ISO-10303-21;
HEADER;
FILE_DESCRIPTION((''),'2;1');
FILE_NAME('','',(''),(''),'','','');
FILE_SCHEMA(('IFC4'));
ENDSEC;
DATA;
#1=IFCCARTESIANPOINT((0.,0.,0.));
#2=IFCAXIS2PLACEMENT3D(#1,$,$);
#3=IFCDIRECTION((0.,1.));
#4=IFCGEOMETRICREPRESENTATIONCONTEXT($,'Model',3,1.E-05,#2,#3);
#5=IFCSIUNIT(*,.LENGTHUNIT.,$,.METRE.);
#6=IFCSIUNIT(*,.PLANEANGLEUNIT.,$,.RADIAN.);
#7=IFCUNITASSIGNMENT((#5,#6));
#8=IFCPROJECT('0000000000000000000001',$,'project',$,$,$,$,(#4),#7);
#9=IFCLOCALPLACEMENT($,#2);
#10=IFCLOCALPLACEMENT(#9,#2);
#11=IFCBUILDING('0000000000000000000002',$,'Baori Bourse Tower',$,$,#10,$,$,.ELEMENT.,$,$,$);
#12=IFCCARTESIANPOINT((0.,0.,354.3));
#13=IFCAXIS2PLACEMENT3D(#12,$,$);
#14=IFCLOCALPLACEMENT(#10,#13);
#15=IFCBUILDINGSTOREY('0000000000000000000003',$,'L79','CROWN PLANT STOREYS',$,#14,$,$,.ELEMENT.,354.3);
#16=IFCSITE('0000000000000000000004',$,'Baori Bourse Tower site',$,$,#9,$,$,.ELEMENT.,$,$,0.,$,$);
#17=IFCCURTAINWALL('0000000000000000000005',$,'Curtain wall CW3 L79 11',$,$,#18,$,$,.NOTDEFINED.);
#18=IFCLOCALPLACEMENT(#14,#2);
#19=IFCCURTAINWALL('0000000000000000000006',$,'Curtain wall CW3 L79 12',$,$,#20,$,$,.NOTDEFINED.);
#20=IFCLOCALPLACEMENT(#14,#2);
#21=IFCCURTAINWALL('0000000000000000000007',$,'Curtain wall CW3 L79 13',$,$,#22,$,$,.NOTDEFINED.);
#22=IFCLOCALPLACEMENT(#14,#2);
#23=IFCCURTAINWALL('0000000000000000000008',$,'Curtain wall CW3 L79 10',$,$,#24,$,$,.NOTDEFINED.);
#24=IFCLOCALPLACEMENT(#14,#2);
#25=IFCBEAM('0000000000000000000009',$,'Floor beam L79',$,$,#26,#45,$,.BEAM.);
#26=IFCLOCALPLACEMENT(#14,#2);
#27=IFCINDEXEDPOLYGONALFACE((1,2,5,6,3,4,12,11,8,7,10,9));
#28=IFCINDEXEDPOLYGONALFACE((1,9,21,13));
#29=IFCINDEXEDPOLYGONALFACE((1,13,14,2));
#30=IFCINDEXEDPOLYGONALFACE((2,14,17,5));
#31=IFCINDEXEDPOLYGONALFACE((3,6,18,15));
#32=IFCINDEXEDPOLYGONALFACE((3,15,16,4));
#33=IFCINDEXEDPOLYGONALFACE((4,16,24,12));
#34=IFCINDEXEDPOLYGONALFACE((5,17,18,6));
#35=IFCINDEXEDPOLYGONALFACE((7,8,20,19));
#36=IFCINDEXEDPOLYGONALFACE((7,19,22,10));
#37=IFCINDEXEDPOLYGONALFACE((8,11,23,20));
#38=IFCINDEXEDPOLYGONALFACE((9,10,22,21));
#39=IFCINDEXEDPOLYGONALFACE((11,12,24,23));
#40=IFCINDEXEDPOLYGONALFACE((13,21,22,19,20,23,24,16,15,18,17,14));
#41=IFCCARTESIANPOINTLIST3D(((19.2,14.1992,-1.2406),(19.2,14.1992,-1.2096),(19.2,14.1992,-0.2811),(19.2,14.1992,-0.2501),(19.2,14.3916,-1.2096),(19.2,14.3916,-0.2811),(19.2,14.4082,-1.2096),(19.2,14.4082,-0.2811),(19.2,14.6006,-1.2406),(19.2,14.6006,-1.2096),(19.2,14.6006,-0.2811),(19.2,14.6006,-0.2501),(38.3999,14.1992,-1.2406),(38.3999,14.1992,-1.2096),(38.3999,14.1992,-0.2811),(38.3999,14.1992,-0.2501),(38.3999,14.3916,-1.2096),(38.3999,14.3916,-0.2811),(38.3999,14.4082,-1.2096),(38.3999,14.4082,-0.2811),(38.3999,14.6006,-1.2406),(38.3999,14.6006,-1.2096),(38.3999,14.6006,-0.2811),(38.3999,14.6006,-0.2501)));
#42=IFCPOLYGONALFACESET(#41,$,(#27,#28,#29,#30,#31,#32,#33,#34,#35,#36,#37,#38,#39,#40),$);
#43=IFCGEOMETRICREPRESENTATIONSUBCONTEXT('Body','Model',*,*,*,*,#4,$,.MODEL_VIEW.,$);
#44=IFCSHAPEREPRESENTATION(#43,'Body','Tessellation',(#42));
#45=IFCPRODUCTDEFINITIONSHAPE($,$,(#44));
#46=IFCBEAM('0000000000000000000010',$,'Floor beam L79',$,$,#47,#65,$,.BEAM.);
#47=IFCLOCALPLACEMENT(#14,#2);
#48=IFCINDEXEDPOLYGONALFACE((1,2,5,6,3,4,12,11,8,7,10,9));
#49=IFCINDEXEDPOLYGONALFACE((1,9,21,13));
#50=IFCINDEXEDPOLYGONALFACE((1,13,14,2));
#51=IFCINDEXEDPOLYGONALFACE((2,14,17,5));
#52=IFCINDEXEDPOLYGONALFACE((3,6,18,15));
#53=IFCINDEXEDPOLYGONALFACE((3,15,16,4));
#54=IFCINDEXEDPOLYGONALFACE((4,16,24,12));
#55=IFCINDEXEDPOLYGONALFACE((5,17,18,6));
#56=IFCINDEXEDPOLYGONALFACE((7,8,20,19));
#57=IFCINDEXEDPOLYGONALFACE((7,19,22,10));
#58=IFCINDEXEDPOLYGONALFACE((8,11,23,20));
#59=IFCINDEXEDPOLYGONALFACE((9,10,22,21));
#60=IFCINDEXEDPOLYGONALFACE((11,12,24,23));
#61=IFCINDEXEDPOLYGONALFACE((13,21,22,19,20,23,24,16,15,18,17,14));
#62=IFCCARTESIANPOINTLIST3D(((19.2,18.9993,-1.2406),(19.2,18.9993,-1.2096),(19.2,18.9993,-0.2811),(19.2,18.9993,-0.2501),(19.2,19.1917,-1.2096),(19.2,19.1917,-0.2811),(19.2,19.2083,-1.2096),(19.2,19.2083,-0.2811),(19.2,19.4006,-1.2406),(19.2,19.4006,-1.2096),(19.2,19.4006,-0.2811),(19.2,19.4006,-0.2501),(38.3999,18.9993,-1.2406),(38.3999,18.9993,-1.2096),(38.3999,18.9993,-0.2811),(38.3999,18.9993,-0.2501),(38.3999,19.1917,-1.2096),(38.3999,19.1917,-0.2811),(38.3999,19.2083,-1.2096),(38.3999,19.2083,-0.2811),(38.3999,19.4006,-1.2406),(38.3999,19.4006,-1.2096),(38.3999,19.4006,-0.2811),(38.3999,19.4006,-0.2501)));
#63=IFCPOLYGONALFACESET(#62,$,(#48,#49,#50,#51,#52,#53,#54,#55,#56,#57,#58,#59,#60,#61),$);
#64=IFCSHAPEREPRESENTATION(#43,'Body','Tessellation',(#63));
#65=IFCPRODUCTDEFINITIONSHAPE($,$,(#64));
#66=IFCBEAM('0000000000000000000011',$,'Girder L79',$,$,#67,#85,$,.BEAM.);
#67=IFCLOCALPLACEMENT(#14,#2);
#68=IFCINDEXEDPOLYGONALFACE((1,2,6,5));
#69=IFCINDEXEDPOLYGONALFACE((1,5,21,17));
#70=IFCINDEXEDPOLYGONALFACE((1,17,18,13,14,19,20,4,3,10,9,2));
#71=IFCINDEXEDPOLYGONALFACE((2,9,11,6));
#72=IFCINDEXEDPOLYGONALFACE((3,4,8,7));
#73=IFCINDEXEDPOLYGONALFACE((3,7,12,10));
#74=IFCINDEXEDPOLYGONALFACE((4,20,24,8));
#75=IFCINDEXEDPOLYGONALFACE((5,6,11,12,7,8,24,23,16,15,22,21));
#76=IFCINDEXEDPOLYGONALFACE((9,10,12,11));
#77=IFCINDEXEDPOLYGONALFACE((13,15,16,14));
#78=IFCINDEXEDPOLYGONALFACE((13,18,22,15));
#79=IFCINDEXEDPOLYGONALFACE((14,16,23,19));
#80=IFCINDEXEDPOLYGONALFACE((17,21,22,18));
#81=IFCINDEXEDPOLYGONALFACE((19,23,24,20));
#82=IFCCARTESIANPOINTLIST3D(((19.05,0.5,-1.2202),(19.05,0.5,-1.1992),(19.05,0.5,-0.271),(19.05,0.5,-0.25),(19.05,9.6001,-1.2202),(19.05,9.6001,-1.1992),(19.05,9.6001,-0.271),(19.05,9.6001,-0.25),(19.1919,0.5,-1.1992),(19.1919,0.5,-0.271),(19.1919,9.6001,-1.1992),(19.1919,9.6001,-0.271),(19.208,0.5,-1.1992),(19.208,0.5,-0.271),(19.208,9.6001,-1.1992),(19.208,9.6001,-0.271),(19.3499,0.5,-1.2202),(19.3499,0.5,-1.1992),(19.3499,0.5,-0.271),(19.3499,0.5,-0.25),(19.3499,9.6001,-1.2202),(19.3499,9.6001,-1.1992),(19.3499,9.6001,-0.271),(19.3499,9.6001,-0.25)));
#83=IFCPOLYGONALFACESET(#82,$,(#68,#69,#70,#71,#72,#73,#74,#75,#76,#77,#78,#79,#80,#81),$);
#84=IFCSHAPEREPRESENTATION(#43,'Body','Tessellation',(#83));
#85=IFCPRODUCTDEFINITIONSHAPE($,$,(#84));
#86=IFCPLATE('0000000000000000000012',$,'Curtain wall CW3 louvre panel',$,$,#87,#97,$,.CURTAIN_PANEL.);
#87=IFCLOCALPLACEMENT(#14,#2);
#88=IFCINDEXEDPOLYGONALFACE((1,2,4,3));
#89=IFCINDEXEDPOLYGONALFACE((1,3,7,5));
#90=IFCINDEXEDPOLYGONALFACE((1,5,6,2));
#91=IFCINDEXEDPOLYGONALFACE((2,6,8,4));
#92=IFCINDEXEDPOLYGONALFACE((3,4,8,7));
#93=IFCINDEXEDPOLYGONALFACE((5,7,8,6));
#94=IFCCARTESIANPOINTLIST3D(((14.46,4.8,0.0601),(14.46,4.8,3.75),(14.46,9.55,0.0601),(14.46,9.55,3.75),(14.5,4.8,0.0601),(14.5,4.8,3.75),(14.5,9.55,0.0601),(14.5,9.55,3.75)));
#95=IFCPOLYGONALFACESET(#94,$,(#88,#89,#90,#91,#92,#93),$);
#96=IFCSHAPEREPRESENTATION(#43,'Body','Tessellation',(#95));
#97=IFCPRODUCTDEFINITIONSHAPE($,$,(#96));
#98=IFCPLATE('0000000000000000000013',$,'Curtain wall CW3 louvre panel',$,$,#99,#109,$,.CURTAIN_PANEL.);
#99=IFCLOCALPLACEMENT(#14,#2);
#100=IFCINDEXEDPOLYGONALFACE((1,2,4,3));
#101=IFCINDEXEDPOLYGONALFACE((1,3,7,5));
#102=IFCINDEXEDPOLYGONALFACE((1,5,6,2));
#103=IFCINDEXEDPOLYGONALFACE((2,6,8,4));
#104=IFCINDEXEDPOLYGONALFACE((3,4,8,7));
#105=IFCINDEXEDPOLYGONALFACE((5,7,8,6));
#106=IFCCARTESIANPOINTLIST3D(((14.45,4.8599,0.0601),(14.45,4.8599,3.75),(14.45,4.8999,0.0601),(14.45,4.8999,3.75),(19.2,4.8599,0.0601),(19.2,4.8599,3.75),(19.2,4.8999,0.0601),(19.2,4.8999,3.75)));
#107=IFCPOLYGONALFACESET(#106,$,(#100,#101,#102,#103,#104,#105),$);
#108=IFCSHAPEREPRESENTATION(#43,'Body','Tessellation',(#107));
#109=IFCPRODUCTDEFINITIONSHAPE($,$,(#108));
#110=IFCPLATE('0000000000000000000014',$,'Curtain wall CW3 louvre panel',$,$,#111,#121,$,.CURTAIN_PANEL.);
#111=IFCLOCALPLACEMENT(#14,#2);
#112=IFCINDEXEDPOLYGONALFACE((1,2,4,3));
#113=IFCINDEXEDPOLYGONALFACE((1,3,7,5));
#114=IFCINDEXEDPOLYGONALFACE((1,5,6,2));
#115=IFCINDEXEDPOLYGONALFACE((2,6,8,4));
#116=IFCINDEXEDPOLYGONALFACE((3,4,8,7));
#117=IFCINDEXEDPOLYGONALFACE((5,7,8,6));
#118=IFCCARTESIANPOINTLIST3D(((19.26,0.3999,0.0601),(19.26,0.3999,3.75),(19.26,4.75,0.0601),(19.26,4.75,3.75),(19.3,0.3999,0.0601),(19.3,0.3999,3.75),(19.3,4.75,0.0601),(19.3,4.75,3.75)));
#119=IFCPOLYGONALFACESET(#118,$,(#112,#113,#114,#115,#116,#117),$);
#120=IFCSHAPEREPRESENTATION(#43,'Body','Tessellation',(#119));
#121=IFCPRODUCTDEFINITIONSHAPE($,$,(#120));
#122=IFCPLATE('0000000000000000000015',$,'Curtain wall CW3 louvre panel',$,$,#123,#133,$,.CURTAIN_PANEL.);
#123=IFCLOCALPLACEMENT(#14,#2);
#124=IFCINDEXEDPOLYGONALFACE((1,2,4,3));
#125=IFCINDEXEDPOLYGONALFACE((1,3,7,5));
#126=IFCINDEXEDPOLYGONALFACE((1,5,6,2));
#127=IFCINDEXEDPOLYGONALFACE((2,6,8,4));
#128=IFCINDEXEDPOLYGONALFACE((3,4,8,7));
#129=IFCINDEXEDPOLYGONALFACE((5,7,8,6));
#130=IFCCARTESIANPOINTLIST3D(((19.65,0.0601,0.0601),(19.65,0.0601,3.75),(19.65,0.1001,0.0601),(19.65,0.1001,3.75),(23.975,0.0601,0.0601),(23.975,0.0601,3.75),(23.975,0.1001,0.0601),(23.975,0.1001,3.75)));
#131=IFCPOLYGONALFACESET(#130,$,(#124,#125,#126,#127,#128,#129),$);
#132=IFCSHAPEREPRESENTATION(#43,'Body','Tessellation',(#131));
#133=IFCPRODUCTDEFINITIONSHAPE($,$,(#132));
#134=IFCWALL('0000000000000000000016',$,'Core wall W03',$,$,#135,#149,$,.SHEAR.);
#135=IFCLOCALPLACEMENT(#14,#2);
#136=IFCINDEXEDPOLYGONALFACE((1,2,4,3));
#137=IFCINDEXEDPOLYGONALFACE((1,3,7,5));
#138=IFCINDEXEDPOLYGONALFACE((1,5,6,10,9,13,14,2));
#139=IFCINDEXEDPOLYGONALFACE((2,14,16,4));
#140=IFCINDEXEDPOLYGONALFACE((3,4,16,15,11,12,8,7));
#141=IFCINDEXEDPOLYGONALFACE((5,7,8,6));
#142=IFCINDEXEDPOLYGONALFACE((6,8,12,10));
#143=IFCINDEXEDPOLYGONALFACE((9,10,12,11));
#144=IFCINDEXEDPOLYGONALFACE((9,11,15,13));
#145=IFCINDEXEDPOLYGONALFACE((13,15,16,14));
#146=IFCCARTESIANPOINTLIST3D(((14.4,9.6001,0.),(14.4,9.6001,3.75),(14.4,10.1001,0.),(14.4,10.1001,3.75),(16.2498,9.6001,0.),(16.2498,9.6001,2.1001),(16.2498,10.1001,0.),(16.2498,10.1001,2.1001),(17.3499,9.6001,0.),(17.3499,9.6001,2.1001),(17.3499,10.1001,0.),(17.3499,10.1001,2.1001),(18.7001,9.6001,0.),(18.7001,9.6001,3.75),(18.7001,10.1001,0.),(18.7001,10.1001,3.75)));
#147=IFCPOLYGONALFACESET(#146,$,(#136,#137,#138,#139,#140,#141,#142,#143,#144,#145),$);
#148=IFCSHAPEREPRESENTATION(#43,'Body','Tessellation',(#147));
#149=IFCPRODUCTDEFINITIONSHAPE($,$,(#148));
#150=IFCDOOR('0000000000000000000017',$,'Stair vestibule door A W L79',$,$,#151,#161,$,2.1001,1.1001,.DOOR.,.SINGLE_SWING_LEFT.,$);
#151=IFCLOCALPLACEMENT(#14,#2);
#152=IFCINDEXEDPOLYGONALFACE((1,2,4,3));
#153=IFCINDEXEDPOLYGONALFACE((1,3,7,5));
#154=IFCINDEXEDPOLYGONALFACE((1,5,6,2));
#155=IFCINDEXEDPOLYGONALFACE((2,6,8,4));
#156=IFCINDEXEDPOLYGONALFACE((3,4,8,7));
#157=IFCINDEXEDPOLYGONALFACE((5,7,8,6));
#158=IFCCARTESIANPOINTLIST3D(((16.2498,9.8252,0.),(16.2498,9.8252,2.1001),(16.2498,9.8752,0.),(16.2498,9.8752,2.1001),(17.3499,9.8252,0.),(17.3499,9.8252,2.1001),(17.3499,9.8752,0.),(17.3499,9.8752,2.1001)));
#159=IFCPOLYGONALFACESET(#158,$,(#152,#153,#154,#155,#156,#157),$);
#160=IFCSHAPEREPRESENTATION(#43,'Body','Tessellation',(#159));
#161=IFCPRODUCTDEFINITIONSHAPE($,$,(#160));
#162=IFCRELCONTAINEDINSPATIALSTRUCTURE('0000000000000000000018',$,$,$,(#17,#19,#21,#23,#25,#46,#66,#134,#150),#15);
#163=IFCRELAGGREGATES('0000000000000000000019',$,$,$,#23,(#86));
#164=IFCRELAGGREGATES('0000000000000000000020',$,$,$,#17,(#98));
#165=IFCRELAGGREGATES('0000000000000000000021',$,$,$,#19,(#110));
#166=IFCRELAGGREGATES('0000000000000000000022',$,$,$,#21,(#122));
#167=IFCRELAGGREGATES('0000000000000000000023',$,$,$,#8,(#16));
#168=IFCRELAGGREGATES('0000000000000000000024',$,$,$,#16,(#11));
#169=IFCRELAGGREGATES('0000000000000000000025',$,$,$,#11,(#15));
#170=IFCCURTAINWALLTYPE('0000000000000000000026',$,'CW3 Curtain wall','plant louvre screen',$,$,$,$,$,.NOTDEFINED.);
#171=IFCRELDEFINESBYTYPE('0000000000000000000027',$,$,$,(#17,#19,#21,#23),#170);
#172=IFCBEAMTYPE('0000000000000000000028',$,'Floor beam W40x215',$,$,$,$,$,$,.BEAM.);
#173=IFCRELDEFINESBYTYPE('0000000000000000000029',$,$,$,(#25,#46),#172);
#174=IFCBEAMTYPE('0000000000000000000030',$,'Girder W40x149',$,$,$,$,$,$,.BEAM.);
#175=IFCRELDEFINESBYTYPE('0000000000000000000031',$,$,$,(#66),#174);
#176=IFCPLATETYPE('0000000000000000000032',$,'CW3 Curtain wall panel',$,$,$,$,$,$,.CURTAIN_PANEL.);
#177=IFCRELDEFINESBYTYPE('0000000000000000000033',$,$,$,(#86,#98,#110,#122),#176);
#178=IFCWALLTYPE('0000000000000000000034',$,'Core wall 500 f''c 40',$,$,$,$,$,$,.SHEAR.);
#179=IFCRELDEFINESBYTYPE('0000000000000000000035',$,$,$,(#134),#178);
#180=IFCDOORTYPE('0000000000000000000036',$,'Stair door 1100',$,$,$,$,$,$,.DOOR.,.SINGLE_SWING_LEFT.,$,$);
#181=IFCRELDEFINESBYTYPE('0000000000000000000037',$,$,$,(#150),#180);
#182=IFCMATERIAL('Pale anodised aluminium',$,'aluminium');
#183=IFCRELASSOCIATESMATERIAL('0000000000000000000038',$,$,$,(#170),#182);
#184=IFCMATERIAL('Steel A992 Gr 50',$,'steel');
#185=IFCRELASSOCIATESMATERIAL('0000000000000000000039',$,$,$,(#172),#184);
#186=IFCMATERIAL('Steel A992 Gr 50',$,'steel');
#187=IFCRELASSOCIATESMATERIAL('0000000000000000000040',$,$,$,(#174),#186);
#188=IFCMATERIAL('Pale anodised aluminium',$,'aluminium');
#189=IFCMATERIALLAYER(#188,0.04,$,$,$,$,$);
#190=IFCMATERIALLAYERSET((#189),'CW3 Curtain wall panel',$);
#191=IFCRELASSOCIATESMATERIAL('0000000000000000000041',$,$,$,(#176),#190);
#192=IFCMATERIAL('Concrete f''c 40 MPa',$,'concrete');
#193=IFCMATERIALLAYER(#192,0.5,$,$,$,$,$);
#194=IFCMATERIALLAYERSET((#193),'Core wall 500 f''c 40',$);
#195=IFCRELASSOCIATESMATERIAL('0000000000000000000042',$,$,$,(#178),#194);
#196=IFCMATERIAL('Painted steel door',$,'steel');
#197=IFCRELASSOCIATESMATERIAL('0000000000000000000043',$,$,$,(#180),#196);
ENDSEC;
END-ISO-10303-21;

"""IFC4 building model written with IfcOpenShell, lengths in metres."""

from ifc_helpers import new_model, si_unit, direction, frame, frame_2d, origin, origin_2d, place, context, subcontext, project, spatial, rectangle, i_section, extrude, material, layer, layer_set, material_profile, profile_set, type_object, element, fill, aggregate, save


model = new_model("IFC4")

# Units and contexts
model_context = context("Model", 3, precision=1e-05, world=origin(), true_north=direction((0.0, 1.0)))
body_context = subcontext(model_context, "Body", "Model", "MODEL_VIEW")
ifc_project = project(units=[si_unit("LENGTHUNIT", "METRE"), si_unit("PLANEANGLEUNIT", "RADIAN")], contexts=[model_context])

# Site, building, storey
site_placement = place(None, origin())
site = spatial("IfcSite", under=ifc_project, at=site_placement, Name="Baori Bourse Tower site", CompositionType="ELEMENT", RefElevation=0.0)
building_placement = place(site_placement, origin())
building = spatial("IfcBuilding", under=site, at=building_placement, Name="Baori Bourse Tower", CompositionType="ELEMENT")
storey_placement = place(building_placement, frame((0.0, 0.0, 354.3)))
storey = spatial("IfcBuildingStorey", under=building, at=storey_placement, Name="L79", Description="CROWN PLANT STOREYS", CompositionType="ELEMENT", Elevation=354.3)

# Curtain walls
ifc_material_1 = material(Name="Pale anodised aluminium", Category="aluminium")
curtain_wall_type = type_object("IfcCurtainWallType", Name="CW3 Curtain wall", Description="plant louvre screen", PredefinedType="NOTDEFINED", material=ifc_material_1)
curtain_wall_1_placement = place(storey_placement, origin())
curtain_wall_1 = element("IfcCurtainWall", 1, at=curtain_wall_1_placement, inside=storey, type_object=curtain_wall_type, Name="Curtain wall CW3 L79 11", PredefinedType="NOTDEFINED")
curtain_wall_2_placement = place(storey_placement, origin())
curtain_wall_2 = element("IfcCurtainWall", 2, at=curtain_wall_2_placement, inside=storey, type_object=curtain_wall_type, Name="Curtain wall CW3 L79 12", PredefinedType="NOTDEFINED")
curtain_wall_3_placement = place(storey_placement, origin())
curtain_wall_3 = element("IfcCurtainWall", 3, at=curtain_wall_3_placement, inside=storey, type_object=curtain_wall_type, Name="Curtain wall CW3 L79 13", PredefinedType="NOTDEFINED")
curtain_wall_4_placement = place(storey_placement, origin())
curtain_wall_4 = element("IfcCurtainWall", 4, at=curtain_wall_4_placement, inside=storey, type_object=curtain_wall_type, Name="Curtain wall CW3 L79 10", PredefinedType="NOTDEFINED")

# Beams
ifc_material_2 = material(Name="Steel A992 Gr 50", Category="steel")
ifc_material_profile_1 = material_profile(ifc_material_2, i_section(OverallWidth=0.4014, OverallDepth=0.9905, WebThickness=0.0166, FlangeThickness=0.031, at=origin_2d()), Name="W40x215")
ifc_profile_set_1 = profile_set([ifc_material_profile_1], Name="Steel A992 Gr 50")
beam_type_1 = type_object("IfcBeamType", Name="Floor beam W40x215", PredefinedType="BEAM", material=ifc_profile_set_1)
for number, where, z_axis, x_axis, name in (
    (5, (19.2, 14.3999, -0.7454), (1.0, 0.0, 0.0), (0.0, 1.0, 0.0), "Floor beam L79"),
    (6, (19.2, 19.2, -0.7454), (1.0, 0.0, 0.0), (0.0, 1.0, 0.0), "Floor beam L79"),
):
    element("IfcBeam", number, at=place(storey_placement, frame(where, z_axis=z_axis, x_axis=x_axis)), inside=storey, type_object=beam_type_1, Name=name, PredefinedType="BEAM", context=body_context, shape_type="SweptSolid", body=[
        extrude(i_section(OverallWidth=0.4014, OverallDepth=0.9905, WebThickness=0.0166, FlangeThickness=0.031, at=origin_2d()), origin(), (0.0, 0.0, 1.0), 19.2),
    ])
ifc_material_3 = material(Name="Steel A992 Gr 50", Category="steel")
ifc_material_profile_2 = material_profile(ifc_material_3, i_section(OverallWidth=0.2998, OverallDepth=0.9702, WebThickness=0.0161, FlangeThickness=0.021, at=origin_2d()), Name="W40x149")
ifc_profile_set_2 = profile_set([ifc_material_profile_2], Name="Steel A992 Gr 50")
beam_type_2 = type_object("IfcBeamType", Name="Girder W40x149", PredefinedType="BEAM", material=ifc_profile_set_2)
beam_1_placement = place(storey_placement, frame((19.2, 0.5, -0.7351), z_axis=(0.0, 1.0, 0.0), x_axis=(-1.0, 0.0, 0.0)))
element("IfcBeam", 7, at=beam_1_placement, inside=storey, type_object=beam_type_2, Name="Girder L79", PredefinedType="BEAM", context=body_context, shape_type="SweptSolid", body=[
    extrude(i_section(OverallWidth=0.2998, OverallDepth=0.9702, WebThickness=0.0161, FlangeThickness=0.021, at=origin_2d()), origin(), (0.0, 0.0, 1.0), 9.1001),
])

# Plates
ifc_material_4 = material(Name="Pale anodised aluminium", Category="aluminium")
ifc_layer_1 = layer(ifc_material_4, 0.04)
ifc_layer_set_1 = layer_set([ifc_layer_1], Name="CW3 Curtain wall panel")
plate_type = type_object("IfcPlateType", Name="CW3 Curtain wall panel", PredefinedType="CURTAIN_PANEL", material=ifc_layer_set_1)
plate_1_placement = place(storey_placement, frame((14.48, 7.175, 0.0601), z_axis=(0.0, 0.0, 1.0), x_axis=(0.0, -1.0, 0.0)))
plate_1 = element("IfcPlate", 8, at=plate_1_placement, type_object=plate_type, Name="Curtain wall CW3 louvre panel", PredefinedType="CURTAIN_PANEL", context=body_context, shape_type="SweptSolid", body=[
    extrude(rectangle(XDim=4.75, YDim=0.04, at=origin_2d()), origin(), (0.0, 0.0, 1.0), 3.6899),
])
aggregate(curtain_wall_4, [plate_1])
plate_2_placement = place(storey_placement, frame((16.825, 4.8799, 0.0601), z_axis=(0.0, 0.0, 1.0), x_axis=(1.0, 0.0, 0.0)))
plate_2 = element("IfcPlate", 9, at=plate_2_placement, type_object=plate_type, Name="Curtain wall CW3 louvre panel", PredefinedType="CURTAIN_PANEL", context=body_context, shape_type="SweptSolid", body=[
    extrude(rectangle(XDim=4.75, YDim=0.04, at=origin_2d()), origin(), (0.0, 0.0, 1.0), 3.6899),
])
aggregate(curtain_wall_1, [plate_2])
plate_3_placement = place(storey_placement, frame((19.28, 2.575, 0.0601), z_axis=(0.0, 0.0, 1.0), x_axis=(0.0, -1.0, 0.0)))
plate_3 = element("IfcPlate", 10, at=plate_3_placement, type_object=plate_type, Name="Curtain wall CW3 louvre panel", PredefinedType="CURTAIN_PANEL", context=body_context, shape_type="SweptSolid", body=[
    extrude(rectangle(XDim=4.3501, YDim=0.04, at=origin_2d()), origin(), (0.0, 0.0, 1.0), 3.6899),
])
aggregate(curtain_wall_2, [plate_3])
plate_4_placement = place(storey_placement, frame((21.8125, 0.0801, 0.0601), z_axis=(0.0, 0.0, 1.0), x_axis=(1.0, 0.0, 0.0)))
plate_4 = element("IfcPlate", 11, at=plate_4_placement, type_object=plate_type, Name="Curtain wall CW3 louvre panel", PredefinedType="CURTAIN_PANEL", context=body_context, shape_type="SweptSolid", body=[
    extrude(rectangle(XDim=4.325, YDim=0.04, at=origin_2d()), origin(), (0.0, 0.0, 1.0), 3.6899),
])
aggregate(curtain_wall_3, [plate_4])

# Wall, opening, door
ifc_material_5 = material(Name="Concrete f'c 40 MPa", Category="concrete")
ifc_layer_2 = layer(ifc_material_5, 0.5)
ifc_layer_set_2 = layer_set([ifc_layer_2], Name="Core wall 500 f'c 40")
wall_type_1 = type_object("IfcWallType", Name="Core wall 500 f'c 40", PredefinedType="SHEAR", material=ifc_layer_set_2)
wall_1_placement = place(storey_placement, frame((18.7, 9.8501, 0.0), z_axis=(0.0, 0.0, 1.0), x_axis=(-1.0, 0.0, 0.0)))
wall_1 = element("IfcWall", 12, at=wall_1_placement, inside=storey, type_object=wall_type_1, Name="Core wall W03", PredefinedType="SHEAR", context=body_context, shape_type="SweptSolid", body=[
    extrude(rectangle(XDim=4.3, YDim=0.5, at=frame_2d((2.1499, 0.0))), origin(), (0.0, 0.0, 1.0), 3.75),
])
opening_1_placement = place(wall_1_placement, frame((1.3501, 0.0, 0.0)))
opening_1 = element("IfcOpeningElement", 13, at=opening_1_placement, cuts=wall_1, PredefinedType="OPENING", context=body_context, shape_type="SweptSolid", body=[
    extrude(rectangle(XDim=1.1001, YDim=2.1001, at=frame_2d((0.55, 1.05))), frame((0.0, 0.26, 0.0), z_axis=(0.0, -1.0, 0.0), x_axis=(1.0, 0.0, 0.0)), (0.0, 0.0, 1.0), 0.52),
])
ifc_material_6 = material(Name="Painted steel door", Category="steel")
door_type_1 = type_object("IfcDoorType", Name="Stair door 1100", OperationType="SINGLE_SWING_LEFT", PredefinedType="DOOR", material=ifc_material_6)
door_1_placement = place(opening_1_placement, origin())
door_1 = element("IfcDoor", 14, at=door_1_placement, inside=storey, type_object=door_type_1, Name="Stair vestibule door A W L79", OperationType="SINGLE_SWING_LEFT", OverallHeight=2.1001, OverallWidth=1.1001, PredefinedType="DOOR", context=body_context, shape_type="SweptSolid", body=[
    extrude(rectangle(XDim=1.1001, YDim=2.1001, at=frame_2d((0.55, 1.05))), frame((0.0, 0.0249, 0.0), z_axis=(0.0, -1.0, 0.0), x_axis=(1.0, 0.0, 0.0)), (0.0, 0.0, 1.0), 0.05),
])
fill(opening_1, door_1)

save(model, "model.ifc")
